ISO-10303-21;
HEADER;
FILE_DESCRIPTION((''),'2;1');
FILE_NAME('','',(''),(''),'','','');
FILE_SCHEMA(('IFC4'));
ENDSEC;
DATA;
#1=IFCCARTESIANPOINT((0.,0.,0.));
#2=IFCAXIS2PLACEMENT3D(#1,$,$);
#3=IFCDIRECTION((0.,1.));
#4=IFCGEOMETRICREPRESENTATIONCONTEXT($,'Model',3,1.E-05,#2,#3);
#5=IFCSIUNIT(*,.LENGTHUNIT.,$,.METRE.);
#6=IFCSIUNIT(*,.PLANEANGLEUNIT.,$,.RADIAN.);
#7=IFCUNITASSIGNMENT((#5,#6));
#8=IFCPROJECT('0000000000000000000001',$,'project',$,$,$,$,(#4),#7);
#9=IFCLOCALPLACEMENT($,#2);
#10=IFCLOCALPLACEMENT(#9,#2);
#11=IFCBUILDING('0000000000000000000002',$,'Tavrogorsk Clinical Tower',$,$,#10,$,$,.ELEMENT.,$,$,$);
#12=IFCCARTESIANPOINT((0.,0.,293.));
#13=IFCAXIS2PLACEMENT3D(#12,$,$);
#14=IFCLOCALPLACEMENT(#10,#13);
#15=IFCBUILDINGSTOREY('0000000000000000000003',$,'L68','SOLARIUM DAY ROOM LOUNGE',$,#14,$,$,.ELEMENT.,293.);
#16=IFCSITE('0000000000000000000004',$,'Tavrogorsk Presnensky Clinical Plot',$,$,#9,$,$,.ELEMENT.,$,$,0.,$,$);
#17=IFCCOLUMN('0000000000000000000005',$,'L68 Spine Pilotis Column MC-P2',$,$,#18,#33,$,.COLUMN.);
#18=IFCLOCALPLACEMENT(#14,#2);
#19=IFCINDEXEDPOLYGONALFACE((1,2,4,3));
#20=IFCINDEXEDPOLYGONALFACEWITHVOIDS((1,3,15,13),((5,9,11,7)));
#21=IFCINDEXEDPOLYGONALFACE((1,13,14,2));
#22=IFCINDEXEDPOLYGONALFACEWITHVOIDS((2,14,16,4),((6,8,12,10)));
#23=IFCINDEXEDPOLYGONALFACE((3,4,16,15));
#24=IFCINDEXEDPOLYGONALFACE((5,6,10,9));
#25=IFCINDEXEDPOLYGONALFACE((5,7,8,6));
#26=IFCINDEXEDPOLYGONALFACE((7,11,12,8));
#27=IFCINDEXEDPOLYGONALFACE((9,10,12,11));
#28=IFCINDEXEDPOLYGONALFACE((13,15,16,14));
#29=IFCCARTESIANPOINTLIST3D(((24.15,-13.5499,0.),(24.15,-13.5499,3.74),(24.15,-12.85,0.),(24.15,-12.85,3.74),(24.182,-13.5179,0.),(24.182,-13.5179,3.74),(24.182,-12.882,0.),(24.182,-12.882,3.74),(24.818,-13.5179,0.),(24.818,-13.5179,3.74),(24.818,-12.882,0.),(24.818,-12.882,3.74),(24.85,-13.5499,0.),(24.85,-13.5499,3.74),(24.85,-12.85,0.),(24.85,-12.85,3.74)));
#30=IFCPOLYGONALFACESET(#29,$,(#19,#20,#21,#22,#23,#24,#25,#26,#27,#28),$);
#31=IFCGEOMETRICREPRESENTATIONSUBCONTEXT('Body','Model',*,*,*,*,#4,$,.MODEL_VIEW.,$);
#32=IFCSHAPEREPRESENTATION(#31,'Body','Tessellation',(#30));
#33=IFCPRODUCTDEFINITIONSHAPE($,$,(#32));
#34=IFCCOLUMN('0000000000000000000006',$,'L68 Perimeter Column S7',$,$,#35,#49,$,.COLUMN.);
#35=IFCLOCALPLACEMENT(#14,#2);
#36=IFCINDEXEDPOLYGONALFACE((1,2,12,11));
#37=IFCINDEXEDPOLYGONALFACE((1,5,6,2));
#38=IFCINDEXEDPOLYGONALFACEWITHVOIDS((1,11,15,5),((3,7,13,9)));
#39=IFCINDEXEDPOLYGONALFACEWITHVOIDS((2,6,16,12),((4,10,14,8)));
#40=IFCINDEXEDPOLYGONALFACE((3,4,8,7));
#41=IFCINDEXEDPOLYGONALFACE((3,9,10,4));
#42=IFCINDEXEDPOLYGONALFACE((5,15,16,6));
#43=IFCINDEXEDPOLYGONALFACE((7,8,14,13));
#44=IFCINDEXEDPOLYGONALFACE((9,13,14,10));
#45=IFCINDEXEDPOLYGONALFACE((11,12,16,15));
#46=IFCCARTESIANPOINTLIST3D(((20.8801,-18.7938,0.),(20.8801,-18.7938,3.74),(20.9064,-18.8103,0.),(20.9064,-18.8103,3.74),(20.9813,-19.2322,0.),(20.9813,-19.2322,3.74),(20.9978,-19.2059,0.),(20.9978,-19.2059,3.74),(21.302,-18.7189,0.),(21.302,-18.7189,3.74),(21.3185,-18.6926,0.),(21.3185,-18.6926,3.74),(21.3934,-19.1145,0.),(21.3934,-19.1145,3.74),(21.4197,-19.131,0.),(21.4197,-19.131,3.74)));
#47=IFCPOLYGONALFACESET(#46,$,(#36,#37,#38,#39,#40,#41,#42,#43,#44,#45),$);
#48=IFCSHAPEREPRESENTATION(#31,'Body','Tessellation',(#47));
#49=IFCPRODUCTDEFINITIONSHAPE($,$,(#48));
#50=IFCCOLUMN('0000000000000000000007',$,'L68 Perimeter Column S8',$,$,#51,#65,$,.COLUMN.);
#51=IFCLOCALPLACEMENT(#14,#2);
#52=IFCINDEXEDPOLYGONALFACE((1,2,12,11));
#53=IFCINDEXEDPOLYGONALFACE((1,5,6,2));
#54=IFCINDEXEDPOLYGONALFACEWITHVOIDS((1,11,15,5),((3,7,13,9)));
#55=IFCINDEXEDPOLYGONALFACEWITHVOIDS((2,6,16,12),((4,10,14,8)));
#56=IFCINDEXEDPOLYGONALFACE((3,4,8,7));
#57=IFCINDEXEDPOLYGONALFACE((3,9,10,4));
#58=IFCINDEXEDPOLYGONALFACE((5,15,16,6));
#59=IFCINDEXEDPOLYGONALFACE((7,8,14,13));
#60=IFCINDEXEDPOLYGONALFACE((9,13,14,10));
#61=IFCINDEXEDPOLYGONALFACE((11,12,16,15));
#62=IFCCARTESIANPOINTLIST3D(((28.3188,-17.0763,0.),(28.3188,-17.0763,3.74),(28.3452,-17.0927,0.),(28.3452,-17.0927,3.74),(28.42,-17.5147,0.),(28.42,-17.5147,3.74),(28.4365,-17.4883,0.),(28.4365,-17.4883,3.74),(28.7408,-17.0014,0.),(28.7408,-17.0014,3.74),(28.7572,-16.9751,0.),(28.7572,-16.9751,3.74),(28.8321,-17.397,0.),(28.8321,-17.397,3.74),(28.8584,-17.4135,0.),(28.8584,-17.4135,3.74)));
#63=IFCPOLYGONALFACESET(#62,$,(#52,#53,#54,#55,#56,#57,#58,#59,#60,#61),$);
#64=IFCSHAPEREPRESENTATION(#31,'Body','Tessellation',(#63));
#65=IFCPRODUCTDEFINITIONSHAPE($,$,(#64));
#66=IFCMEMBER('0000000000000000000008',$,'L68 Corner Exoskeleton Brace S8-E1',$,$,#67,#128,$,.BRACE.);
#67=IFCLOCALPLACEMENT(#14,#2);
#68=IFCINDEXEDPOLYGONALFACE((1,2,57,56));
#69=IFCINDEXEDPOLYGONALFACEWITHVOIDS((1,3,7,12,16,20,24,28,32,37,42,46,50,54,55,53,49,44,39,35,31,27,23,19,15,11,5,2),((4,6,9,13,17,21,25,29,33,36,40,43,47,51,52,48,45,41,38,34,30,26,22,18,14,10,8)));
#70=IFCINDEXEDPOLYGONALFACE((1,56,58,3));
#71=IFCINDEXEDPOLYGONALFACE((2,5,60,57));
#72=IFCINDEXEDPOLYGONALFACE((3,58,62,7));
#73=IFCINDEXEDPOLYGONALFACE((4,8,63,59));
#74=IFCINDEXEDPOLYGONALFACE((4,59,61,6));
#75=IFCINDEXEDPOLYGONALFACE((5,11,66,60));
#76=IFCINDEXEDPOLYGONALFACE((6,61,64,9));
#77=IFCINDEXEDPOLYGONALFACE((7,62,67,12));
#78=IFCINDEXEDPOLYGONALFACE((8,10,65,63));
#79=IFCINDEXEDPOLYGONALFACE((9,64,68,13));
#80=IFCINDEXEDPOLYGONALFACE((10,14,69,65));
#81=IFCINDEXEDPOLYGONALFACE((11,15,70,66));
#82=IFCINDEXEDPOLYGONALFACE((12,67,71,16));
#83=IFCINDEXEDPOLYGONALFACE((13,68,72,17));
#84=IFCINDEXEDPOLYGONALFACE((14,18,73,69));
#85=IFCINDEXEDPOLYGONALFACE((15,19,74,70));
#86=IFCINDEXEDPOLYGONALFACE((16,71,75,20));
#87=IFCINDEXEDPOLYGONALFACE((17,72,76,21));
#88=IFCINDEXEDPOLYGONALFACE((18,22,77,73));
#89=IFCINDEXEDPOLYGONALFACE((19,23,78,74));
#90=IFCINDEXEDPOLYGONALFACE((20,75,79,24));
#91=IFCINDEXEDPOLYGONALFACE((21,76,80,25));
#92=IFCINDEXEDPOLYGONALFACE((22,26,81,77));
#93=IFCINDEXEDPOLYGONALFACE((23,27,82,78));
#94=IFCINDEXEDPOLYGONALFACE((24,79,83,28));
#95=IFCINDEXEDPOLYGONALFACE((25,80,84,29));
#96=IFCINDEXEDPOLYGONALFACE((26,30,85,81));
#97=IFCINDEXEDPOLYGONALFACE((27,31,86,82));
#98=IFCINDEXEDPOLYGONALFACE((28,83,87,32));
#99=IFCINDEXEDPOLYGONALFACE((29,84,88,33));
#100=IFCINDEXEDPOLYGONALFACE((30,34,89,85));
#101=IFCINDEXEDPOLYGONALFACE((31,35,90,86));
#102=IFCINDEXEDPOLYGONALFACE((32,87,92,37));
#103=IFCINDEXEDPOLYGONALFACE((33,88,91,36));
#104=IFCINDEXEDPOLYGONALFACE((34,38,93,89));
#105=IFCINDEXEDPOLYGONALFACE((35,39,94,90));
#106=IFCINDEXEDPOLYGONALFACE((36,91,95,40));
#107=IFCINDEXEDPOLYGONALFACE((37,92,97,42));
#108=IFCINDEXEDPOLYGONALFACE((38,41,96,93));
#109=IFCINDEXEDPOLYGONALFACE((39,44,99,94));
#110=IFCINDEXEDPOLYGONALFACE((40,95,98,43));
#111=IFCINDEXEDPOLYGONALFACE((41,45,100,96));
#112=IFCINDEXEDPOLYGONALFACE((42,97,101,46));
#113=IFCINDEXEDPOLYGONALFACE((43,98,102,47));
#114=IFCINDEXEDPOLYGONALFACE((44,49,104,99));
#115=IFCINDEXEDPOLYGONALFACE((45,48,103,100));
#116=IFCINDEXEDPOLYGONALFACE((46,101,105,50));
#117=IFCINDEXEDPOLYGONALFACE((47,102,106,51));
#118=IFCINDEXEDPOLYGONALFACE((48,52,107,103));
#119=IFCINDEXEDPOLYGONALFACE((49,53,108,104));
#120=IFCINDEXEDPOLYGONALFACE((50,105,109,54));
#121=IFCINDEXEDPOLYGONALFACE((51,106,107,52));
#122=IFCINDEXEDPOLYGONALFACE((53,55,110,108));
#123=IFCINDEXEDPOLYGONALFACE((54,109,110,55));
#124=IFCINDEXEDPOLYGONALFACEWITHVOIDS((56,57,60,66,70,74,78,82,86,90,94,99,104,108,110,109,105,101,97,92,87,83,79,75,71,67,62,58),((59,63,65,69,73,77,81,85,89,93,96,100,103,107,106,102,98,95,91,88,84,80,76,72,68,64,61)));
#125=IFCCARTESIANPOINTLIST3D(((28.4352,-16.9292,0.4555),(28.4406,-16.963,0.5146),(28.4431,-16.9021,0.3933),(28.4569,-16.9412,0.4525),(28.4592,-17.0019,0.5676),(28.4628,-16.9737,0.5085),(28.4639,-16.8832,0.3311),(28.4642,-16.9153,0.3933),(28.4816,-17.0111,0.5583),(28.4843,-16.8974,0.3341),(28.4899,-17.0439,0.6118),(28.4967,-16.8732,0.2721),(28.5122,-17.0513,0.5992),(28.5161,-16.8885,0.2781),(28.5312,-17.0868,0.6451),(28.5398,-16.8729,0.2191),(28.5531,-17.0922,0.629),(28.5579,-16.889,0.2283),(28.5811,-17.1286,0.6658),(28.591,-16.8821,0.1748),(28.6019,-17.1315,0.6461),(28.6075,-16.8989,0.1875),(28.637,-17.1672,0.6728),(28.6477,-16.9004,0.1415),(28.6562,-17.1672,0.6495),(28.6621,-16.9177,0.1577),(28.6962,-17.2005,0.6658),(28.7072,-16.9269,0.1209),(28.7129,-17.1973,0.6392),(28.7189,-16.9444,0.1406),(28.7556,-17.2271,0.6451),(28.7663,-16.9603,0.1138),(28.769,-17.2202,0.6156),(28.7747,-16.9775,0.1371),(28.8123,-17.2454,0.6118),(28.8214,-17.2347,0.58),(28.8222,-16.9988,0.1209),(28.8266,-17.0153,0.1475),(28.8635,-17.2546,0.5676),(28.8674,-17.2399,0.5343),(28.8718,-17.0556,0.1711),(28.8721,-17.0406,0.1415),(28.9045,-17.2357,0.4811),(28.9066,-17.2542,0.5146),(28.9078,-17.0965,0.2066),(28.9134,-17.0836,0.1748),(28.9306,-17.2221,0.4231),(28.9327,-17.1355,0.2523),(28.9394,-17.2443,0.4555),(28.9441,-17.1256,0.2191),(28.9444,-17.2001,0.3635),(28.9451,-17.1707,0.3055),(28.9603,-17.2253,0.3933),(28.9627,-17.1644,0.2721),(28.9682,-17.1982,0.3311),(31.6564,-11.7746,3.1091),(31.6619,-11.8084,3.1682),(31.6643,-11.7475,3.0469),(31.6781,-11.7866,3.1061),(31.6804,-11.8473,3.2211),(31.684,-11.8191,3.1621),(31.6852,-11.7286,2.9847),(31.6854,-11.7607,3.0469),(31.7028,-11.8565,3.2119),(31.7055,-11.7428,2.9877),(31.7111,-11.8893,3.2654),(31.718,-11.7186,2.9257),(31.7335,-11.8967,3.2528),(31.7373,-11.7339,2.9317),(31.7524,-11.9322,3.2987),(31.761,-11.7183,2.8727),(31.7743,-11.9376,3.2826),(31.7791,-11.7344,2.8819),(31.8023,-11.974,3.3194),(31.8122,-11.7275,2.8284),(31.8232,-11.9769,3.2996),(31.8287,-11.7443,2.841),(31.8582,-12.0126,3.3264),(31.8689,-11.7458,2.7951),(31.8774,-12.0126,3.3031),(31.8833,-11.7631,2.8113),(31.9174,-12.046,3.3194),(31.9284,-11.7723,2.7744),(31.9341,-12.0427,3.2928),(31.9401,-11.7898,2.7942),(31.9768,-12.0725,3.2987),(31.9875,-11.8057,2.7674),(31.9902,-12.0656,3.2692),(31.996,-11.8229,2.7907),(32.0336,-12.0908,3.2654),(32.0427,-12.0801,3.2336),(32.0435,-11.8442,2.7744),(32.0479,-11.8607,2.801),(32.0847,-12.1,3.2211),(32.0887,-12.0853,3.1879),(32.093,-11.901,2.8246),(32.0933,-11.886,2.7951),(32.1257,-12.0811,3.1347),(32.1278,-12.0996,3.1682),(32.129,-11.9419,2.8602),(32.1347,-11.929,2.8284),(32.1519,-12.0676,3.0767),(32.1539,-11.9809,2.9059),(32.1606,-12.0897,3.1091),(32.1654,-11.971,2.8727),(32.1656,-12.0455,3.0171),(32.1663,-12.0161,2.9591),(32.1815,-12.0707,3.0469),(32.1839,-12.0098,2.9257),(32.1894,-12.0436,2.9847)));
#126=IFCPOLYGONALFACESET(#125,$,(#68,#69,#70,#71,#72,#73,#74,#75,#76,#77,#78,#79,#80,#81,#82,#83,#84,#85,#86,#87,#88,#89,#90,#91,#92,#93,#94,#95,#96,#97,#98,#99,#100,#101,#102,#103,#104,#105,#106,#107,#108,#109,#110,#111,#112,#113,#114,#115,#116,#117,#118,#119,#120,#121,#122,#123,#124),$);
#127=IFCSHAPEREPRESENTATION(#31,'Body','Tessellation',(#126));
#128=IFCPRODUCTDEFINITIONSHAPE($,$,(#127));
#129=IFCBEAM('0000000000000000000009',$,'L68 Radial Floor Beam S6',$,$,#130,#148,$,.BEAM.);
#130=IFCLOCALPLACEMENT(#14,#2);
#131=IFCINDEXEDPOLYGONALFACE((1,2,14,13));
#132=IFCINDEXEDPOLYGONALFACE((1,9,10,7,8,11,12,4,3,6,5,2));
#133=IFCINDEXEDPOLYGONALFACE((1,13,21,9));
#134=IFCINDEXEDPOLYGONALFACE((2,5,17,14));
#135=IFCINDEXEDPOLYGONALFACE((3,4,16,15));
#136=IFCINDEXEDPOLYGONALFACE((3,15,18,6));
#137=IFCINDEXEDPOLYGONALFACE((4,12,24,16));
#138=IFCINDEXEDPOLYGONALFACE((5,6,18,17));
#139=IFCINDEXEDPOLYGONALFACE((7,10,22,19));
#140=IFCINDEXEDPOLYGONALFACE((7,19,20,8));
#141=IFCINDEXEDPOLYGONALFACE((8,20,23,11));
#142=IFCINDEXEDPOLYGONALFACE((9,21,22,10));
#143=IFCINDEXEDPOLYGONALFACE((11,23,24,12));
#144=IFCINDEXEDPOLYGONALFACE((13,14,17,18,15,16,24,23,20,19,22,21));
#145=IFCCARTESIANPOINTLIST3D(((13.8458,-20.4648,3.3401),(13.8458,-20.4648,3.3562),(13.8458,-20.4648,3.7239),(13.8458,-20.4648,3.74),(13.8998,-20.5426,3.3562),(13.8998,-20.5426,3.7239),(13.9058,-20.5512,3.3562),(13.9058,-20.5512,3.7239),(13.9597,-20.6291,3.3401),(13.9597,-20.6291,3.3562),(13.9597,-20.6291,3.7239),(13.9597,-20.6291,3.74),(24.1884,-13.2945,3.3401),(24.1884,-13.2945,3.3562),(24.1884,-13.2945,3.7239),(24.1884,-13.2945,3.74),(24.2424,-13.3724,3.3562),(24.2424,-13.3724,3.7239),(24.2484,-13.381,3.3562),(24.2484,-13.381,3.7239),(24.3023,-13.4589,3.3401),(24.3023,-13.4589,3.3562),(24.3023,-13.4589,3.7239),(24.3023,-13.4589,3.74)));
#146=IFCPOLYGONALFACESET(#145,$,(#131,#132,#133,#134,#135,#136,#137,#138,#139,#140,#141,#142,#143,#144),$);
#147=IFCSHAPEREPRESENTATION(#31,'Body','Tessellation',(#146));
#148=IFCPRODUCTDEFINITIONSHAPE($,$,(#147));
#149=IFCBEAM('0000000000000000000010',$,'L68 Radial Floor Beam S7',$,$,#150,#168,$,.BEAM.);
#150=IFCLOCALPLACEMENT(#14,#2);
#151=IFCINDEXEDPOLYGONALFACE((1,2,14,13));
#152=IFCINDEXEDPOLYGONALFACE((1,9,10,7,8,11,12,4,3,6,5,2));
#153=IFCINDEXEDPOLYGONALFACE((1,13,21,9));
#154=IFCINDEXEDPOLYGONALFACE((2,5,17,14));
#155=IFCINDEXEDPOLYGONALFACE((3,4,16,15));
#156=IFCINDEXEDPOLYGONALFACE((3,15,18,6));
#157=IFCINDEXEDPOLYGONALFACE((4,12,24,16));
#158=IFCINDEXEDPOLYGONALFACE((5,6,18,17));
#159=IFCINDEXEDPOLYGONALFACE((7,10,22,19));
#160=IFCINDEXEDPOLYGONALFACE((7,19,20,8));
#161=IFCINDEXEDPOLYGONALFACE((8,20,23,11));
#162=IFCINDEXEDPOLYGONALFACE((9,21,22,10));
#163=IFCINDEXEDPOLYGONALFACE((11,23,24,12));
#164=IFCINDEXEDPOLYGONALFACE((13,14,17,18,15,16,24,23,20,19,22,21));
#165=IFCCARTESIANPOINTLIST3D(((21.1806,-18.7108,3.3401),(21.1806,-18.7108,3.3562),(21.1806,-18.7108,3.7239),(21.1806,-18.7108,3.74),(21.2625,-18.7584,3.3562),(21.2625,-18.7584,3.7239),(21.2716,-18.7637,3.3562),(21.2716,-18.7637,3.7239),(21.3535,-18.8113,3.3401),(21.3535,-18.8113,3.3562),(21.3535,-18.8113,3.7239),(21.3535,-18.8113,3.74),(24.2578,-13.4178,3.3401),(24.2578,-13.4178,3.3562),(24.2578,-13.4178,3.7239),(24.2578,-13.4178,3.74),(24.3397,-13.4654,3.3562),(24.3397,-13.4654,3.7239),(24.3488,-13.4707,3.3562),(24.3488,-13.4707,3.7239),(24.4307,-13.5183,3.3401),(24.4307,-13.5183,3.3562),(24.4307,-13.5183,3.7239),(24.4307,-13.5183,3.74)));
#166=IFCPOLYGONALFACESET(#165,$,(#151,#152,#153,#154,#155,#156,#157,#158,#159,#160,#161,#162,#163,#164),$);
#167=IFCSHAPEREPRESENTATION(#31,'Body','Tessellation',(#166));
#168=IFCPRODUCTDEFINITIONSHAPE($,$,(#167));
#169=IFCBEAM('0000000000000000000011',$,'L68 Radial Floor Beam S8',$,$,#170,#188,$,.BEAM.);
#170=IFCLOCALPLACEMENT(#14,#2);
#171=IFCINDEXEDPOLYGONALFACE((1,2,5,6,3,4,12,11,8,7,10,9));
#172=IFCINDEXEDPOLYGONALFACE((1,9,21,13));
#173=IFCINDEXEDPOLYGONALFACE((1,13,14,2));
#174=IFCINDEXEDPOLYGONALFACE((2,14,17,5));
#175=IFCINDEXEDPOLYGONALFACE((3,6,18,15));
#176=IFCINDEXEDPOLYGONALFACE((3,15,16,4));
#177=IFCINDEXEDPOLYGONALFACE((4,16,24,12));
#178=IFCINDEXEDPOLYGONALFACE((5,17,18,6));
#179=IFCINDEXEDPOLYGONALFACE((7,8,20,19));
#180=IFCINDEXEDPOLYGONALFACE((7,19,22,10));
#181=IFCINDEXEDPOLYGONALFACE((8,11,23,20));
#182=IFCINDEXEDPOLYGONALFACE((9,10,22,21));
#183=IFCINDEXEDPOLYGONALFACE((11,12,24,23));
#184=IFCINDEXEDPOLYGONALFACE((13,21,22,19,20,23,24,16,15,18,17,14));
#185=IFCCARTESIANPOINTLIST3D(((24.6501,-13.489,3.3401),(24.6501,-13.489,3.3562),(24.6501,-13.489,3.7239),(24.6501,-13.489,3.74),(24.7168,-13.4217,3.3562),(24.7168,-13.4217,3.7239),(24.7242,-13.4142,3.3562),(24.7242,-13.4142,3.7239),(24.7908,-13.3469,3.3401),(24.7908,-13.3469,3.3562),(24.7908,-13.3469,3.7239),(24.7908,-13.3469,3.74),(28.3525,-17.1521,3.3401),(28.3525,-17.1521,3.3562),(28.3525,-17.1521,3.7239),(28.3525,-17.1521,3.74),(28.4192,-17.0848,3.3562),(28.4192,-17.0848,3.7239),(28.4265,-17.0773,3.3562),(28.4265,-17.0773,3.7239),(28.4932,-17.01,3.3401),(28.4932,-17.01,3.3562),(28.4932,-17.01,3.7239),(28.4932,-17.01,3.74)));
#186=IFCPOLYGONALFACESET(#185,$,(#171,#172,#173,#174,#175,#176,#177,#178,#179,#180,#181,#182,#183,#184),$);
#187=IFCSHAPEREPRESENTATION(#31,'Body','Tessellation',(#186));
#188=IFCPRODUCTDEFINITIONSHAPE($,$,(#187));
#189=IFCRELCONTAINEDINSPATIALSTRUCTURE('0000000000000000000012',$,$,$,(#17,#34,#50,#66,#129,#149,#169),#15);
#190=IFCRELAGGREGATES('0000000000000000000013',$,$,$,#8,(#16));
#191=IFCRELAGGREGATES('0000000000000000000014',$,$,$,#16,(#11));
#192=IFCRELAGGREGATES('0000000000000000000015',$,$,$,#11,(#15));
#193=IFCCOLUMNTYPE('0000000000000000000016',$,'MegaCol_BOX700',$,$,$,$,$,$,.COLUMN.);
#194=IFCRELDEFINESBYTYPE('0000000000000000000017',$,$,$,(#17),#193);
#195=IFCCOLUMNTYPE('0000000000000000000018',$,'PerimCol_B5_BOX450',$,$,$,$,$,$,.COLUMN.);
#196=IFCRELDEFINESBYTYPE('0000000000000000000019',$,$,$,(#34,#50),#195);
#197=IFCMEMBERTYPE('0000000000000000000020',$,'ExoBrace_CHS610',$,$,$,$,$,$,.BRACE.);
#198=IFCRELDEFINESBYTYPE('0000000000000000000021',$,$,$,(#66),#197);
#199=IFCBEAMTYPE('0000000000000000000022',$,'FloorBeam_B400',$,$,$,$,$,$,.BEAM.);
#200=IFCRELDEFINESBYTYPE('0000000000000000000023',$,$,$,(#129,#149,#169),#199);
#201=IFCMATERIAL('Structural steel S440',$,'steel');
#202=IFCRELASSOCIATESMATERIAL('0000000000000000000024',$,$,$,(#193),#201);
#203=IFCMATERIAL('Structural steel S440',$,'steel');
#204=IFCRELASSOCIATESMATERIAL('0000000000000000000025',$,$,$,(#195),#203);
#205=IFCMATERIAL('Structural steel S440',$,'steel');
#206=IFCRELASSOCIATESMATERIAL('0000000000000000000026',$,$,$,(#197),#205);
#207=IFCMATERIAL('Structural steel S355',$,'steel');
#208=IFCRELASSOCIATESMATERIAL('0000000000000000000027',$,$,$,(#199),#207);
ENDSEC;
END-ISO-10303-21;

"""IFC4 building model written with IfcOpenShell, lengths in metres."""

from ifc_helpers import new_model, si_unit, direction, frame, origin, origin_2d, place, context, subcontext, project, spatial, hollow_rectangle, hollow_circle, i_section, extrude, material, material_profile, profile_set, type_object, element, save


model = new_model("IFC4")

# Units and contexts
model_context = context("Model", 3, precision=1e-05, world=origin(), true_north=direction((0.0, 1.0)))
body_context = subcontext(model_context, "Body", "Model", "MODEL_VIEW")
ifc_project = project(units=[si_unit("LENGTHUNIT", "METRE"), si_unit("PLANEANGLEUNIT", "RADIAN")], contexts=[model_context])

# Site, building, storey
site_placement = place(None, origin())
site = spatial("IfcSite", under=ifc_project, at=site_placement, Name="Tavrogorsk Presnensky Clinical Plot", CompositionType="ELEMENT", RefElevation=0.0)
building_placement = place(site_placement, origin())
building = spatial("IfcBuilding", under=site, at=building_placement, Name="Tavrogorsk Clinical Tower", CompositionType="ELEMENT")
storey_placement = place(building_placement, frame((0.0, 0.0, 293.0)))
storey = spatial("IfcBuildingStorey", under=building, at=storey_placement, Name="L68", Description="SOLARIUM DAY ROOM LOUNGE", CompositionType="ELEMENT", Elevation=293.0)

# Columns
ifc_material_1 = material(Name="Structural steel S440", Category="steel")
ifc_material_profile_1 = material_profile(ifc_material_1, hollow_rectangle(XDim=0.7, YDim=0.7, WallThickness=0.032, at=origin_2d()), Name="BOX-700x700x32")
ifc_profile_set_1 = profile_set([ifc_material_profile_1], Name="Structural steel S440")
column_type_1 = type_object("IfcColumnType", Name="MegaCol_BOX700", PredefinedType="COLUMN", material=ifc_profile_set_1)
column_placement = place(storey_placement, frame((24.5, -13.2, 0.0), z_axis=(0.0, 0.0, 1.0), x_axis=(1.0, 0.0, 0.0)))
element("IfcColumn", 1, at=column_placement, inside=storey, type_object=column_type_1, Name="L68 Spine Pilotis Column MC-P2", PredefinedType="COLUMN", context=body_context, shape_type="SweptSolid", body=[
    extrude(hollow_rectangle(XDim=0.7, YDim=0.7, WallThickness=0.032, at=origin_2d()), origin(), (0.0, 0.0, 1.0), 3.74),
])
ifc_material_2 = material(Name="Structural steel S440", Category="steel")
ifc_material_profile_2 = material_profile(ifc_material_2, hollow_rectangle(XDim=0.45, YDim=0.45, WallThickness=0.022, at=origin_2d()), Name="BOX-450x450x22")
ifc_profile_set_2 = profile_set([ifc_material_profile_2], Name="Structural steel S440")
column_type_2 = type_object("IfcColumnType", Name="PerimCol_B5_BOX450", PredefinedType="COLUMN", material=ifc_profile_set_2)
for number, where, z_axis, x_axis, name in (
    (2, (21.1499, -18.9624, 0.0), (0.0, 0.0, 1.0), (0.97437, 0.224951, 0.0), "L68 Perimeter Column S7"),
    (3, (28.5886, -17.2449, 0.0), (0.0, 0.0, 1.0), (0.97437, 0.224951, 0.0), "L68 Perimeter Column S8"),
):
    element("IfcColumn", number, at=place(storey_placement, frame(where, z_axis=z_axis, x_axis=x_axis)), inside=storey, type_object=column_type_2, Name=name, PredefinedType="COLUMN", context=body_context, shape_type="SweptSolid", body=[
        extrude(hollow_rectangle(XDim=0.45, YDim=0.45, WallThickness=0.022, at=origin_2d()), origin(), (0.0, 0.0, 1.0), 3.74),
    ])

# Member
ifc_material_3 = material(Name="Structural steel S440", Category="steel")
ifc_material_profile_3 = material_profile(ifc_material_3, hollow_circle(Radius=0.3049, WallThickness=0.0249, at=origin_2d()), Name="CHS-610x25")
ifc_profile_set_3 = profile_set([ifc_material_profile_3], Name="Structural steel S440")
member_type = type_object("IfcMemberType", Name="ExoBrace_CHS610", PredefinedType="BRACE", material=ifc_profile_set_3)
member_placement = place(storey_placement, frame((28.7017, -17.0637, 0.3933), z_axis=(0.485686, 0.777193, 0.4001), x_axis=(-0.848028, 0.529952, 0.0)))
element("IfcMember", 4, at=member_placement, inside=storey, type_object=member_type, Name="L68 Corner Exoskeleton Brace S8-E1", PredefinedType="BRACE", context=body_context, shape_type="SweptSolid", body=[
    extrude(hollow_circle(Radius=0.3049, WallThickness=0.0249, at=origin_2d()), origin(), (0.0, 0.0, 1.0), 6.6323),
])

# Beams
ifc_material_4 = material(Name="Structural steel S355", Category="steel")
ifc_material_profile_4 = material_profile(ifc_material_4, i_section(OverallWidth=0.2, OverallDepth=0.3999, WebThickness=0.0105, FlangeThickness=0.0161, at=origin_2d()), Name="B-400x200x10.5x16")
ifc_profile_set_4 = profile_set([ifc_material_profile_4], Name="Structural steel S355")
beam_type_1 = type_object("IfcBeamType", Name="FloorBeam_B400", PredefinedType="BEAM", material=ifc_profile_set_4)
beam_1_placement = place(storey_placement, frame((24.2454, -13.3767, 3.54), z_axis=(-0.821822, -0.569745, 0.0), x_axis=(0.569745, -0.821822, 0.0)))
element("IfcBeam", 5, at=beam_1_placement, inside=storey, type_object=beam_type_1, Name="L68 Radial Floor Beam S6", PredefinedType="BEAM", context=body_context, shape_type="SweptSolid", body=[
    extrude(i_section(OverallWidth=0.2, OverallDepth=0.3999, WebThickness=0.0105, FlangeThickness=0.0161, at=origin_2d()), origin(), (0.0, 0.0, 1.0), 12.585),
])
beam_2_placement = place(storey_placement, frame((24.3442, -13.468, 3.54), z_axis=(-0.502601, -0.864518, 0.0), x_axis=(0.864518, -0.502601, 0.0)))
element("IfcBeam", 6, at=beam_2_placement, inside=storey, type_object=beam_type_1, Name="L68 Radial Floor Beam S7", PredefinedType="BEAM", context=body_context, shape_type="SweptSolid", body=[
    extrude(i_section(OverallWidth=0.2, OverallDepth=0.3999, WebThickness=0.0105, FlangeThickness=0.0161, at=origin_2d()), origin(), (0.0, 0.0, 1.0), 6.1226),
])
beam_3_placement = place(storey_placement, frame((24.7205, -13.418, 3.54), z_axis=(0.71087, -0.703323, 0.0), x_axis=(0.703323, 0.71087, 0.0)))
element("IfcBeam", 7, at=beam_3_placement, inside=storey, type_object=beam_type_1, Name="L68 Radial Floor Beam S8", PredefinedType="BEAM", context=body_context, shape_type="SweptSolid", body=[
    extrude(i_section(OverallWidth=0.2, OverallDepth=0.3999, WebThickness=0.0105, FlangeThickness=0.0161, at=origin_2d()), origin(), (0.0, 0.0, 1.0), 5.2083),
])

save(model, "model.ifc")
